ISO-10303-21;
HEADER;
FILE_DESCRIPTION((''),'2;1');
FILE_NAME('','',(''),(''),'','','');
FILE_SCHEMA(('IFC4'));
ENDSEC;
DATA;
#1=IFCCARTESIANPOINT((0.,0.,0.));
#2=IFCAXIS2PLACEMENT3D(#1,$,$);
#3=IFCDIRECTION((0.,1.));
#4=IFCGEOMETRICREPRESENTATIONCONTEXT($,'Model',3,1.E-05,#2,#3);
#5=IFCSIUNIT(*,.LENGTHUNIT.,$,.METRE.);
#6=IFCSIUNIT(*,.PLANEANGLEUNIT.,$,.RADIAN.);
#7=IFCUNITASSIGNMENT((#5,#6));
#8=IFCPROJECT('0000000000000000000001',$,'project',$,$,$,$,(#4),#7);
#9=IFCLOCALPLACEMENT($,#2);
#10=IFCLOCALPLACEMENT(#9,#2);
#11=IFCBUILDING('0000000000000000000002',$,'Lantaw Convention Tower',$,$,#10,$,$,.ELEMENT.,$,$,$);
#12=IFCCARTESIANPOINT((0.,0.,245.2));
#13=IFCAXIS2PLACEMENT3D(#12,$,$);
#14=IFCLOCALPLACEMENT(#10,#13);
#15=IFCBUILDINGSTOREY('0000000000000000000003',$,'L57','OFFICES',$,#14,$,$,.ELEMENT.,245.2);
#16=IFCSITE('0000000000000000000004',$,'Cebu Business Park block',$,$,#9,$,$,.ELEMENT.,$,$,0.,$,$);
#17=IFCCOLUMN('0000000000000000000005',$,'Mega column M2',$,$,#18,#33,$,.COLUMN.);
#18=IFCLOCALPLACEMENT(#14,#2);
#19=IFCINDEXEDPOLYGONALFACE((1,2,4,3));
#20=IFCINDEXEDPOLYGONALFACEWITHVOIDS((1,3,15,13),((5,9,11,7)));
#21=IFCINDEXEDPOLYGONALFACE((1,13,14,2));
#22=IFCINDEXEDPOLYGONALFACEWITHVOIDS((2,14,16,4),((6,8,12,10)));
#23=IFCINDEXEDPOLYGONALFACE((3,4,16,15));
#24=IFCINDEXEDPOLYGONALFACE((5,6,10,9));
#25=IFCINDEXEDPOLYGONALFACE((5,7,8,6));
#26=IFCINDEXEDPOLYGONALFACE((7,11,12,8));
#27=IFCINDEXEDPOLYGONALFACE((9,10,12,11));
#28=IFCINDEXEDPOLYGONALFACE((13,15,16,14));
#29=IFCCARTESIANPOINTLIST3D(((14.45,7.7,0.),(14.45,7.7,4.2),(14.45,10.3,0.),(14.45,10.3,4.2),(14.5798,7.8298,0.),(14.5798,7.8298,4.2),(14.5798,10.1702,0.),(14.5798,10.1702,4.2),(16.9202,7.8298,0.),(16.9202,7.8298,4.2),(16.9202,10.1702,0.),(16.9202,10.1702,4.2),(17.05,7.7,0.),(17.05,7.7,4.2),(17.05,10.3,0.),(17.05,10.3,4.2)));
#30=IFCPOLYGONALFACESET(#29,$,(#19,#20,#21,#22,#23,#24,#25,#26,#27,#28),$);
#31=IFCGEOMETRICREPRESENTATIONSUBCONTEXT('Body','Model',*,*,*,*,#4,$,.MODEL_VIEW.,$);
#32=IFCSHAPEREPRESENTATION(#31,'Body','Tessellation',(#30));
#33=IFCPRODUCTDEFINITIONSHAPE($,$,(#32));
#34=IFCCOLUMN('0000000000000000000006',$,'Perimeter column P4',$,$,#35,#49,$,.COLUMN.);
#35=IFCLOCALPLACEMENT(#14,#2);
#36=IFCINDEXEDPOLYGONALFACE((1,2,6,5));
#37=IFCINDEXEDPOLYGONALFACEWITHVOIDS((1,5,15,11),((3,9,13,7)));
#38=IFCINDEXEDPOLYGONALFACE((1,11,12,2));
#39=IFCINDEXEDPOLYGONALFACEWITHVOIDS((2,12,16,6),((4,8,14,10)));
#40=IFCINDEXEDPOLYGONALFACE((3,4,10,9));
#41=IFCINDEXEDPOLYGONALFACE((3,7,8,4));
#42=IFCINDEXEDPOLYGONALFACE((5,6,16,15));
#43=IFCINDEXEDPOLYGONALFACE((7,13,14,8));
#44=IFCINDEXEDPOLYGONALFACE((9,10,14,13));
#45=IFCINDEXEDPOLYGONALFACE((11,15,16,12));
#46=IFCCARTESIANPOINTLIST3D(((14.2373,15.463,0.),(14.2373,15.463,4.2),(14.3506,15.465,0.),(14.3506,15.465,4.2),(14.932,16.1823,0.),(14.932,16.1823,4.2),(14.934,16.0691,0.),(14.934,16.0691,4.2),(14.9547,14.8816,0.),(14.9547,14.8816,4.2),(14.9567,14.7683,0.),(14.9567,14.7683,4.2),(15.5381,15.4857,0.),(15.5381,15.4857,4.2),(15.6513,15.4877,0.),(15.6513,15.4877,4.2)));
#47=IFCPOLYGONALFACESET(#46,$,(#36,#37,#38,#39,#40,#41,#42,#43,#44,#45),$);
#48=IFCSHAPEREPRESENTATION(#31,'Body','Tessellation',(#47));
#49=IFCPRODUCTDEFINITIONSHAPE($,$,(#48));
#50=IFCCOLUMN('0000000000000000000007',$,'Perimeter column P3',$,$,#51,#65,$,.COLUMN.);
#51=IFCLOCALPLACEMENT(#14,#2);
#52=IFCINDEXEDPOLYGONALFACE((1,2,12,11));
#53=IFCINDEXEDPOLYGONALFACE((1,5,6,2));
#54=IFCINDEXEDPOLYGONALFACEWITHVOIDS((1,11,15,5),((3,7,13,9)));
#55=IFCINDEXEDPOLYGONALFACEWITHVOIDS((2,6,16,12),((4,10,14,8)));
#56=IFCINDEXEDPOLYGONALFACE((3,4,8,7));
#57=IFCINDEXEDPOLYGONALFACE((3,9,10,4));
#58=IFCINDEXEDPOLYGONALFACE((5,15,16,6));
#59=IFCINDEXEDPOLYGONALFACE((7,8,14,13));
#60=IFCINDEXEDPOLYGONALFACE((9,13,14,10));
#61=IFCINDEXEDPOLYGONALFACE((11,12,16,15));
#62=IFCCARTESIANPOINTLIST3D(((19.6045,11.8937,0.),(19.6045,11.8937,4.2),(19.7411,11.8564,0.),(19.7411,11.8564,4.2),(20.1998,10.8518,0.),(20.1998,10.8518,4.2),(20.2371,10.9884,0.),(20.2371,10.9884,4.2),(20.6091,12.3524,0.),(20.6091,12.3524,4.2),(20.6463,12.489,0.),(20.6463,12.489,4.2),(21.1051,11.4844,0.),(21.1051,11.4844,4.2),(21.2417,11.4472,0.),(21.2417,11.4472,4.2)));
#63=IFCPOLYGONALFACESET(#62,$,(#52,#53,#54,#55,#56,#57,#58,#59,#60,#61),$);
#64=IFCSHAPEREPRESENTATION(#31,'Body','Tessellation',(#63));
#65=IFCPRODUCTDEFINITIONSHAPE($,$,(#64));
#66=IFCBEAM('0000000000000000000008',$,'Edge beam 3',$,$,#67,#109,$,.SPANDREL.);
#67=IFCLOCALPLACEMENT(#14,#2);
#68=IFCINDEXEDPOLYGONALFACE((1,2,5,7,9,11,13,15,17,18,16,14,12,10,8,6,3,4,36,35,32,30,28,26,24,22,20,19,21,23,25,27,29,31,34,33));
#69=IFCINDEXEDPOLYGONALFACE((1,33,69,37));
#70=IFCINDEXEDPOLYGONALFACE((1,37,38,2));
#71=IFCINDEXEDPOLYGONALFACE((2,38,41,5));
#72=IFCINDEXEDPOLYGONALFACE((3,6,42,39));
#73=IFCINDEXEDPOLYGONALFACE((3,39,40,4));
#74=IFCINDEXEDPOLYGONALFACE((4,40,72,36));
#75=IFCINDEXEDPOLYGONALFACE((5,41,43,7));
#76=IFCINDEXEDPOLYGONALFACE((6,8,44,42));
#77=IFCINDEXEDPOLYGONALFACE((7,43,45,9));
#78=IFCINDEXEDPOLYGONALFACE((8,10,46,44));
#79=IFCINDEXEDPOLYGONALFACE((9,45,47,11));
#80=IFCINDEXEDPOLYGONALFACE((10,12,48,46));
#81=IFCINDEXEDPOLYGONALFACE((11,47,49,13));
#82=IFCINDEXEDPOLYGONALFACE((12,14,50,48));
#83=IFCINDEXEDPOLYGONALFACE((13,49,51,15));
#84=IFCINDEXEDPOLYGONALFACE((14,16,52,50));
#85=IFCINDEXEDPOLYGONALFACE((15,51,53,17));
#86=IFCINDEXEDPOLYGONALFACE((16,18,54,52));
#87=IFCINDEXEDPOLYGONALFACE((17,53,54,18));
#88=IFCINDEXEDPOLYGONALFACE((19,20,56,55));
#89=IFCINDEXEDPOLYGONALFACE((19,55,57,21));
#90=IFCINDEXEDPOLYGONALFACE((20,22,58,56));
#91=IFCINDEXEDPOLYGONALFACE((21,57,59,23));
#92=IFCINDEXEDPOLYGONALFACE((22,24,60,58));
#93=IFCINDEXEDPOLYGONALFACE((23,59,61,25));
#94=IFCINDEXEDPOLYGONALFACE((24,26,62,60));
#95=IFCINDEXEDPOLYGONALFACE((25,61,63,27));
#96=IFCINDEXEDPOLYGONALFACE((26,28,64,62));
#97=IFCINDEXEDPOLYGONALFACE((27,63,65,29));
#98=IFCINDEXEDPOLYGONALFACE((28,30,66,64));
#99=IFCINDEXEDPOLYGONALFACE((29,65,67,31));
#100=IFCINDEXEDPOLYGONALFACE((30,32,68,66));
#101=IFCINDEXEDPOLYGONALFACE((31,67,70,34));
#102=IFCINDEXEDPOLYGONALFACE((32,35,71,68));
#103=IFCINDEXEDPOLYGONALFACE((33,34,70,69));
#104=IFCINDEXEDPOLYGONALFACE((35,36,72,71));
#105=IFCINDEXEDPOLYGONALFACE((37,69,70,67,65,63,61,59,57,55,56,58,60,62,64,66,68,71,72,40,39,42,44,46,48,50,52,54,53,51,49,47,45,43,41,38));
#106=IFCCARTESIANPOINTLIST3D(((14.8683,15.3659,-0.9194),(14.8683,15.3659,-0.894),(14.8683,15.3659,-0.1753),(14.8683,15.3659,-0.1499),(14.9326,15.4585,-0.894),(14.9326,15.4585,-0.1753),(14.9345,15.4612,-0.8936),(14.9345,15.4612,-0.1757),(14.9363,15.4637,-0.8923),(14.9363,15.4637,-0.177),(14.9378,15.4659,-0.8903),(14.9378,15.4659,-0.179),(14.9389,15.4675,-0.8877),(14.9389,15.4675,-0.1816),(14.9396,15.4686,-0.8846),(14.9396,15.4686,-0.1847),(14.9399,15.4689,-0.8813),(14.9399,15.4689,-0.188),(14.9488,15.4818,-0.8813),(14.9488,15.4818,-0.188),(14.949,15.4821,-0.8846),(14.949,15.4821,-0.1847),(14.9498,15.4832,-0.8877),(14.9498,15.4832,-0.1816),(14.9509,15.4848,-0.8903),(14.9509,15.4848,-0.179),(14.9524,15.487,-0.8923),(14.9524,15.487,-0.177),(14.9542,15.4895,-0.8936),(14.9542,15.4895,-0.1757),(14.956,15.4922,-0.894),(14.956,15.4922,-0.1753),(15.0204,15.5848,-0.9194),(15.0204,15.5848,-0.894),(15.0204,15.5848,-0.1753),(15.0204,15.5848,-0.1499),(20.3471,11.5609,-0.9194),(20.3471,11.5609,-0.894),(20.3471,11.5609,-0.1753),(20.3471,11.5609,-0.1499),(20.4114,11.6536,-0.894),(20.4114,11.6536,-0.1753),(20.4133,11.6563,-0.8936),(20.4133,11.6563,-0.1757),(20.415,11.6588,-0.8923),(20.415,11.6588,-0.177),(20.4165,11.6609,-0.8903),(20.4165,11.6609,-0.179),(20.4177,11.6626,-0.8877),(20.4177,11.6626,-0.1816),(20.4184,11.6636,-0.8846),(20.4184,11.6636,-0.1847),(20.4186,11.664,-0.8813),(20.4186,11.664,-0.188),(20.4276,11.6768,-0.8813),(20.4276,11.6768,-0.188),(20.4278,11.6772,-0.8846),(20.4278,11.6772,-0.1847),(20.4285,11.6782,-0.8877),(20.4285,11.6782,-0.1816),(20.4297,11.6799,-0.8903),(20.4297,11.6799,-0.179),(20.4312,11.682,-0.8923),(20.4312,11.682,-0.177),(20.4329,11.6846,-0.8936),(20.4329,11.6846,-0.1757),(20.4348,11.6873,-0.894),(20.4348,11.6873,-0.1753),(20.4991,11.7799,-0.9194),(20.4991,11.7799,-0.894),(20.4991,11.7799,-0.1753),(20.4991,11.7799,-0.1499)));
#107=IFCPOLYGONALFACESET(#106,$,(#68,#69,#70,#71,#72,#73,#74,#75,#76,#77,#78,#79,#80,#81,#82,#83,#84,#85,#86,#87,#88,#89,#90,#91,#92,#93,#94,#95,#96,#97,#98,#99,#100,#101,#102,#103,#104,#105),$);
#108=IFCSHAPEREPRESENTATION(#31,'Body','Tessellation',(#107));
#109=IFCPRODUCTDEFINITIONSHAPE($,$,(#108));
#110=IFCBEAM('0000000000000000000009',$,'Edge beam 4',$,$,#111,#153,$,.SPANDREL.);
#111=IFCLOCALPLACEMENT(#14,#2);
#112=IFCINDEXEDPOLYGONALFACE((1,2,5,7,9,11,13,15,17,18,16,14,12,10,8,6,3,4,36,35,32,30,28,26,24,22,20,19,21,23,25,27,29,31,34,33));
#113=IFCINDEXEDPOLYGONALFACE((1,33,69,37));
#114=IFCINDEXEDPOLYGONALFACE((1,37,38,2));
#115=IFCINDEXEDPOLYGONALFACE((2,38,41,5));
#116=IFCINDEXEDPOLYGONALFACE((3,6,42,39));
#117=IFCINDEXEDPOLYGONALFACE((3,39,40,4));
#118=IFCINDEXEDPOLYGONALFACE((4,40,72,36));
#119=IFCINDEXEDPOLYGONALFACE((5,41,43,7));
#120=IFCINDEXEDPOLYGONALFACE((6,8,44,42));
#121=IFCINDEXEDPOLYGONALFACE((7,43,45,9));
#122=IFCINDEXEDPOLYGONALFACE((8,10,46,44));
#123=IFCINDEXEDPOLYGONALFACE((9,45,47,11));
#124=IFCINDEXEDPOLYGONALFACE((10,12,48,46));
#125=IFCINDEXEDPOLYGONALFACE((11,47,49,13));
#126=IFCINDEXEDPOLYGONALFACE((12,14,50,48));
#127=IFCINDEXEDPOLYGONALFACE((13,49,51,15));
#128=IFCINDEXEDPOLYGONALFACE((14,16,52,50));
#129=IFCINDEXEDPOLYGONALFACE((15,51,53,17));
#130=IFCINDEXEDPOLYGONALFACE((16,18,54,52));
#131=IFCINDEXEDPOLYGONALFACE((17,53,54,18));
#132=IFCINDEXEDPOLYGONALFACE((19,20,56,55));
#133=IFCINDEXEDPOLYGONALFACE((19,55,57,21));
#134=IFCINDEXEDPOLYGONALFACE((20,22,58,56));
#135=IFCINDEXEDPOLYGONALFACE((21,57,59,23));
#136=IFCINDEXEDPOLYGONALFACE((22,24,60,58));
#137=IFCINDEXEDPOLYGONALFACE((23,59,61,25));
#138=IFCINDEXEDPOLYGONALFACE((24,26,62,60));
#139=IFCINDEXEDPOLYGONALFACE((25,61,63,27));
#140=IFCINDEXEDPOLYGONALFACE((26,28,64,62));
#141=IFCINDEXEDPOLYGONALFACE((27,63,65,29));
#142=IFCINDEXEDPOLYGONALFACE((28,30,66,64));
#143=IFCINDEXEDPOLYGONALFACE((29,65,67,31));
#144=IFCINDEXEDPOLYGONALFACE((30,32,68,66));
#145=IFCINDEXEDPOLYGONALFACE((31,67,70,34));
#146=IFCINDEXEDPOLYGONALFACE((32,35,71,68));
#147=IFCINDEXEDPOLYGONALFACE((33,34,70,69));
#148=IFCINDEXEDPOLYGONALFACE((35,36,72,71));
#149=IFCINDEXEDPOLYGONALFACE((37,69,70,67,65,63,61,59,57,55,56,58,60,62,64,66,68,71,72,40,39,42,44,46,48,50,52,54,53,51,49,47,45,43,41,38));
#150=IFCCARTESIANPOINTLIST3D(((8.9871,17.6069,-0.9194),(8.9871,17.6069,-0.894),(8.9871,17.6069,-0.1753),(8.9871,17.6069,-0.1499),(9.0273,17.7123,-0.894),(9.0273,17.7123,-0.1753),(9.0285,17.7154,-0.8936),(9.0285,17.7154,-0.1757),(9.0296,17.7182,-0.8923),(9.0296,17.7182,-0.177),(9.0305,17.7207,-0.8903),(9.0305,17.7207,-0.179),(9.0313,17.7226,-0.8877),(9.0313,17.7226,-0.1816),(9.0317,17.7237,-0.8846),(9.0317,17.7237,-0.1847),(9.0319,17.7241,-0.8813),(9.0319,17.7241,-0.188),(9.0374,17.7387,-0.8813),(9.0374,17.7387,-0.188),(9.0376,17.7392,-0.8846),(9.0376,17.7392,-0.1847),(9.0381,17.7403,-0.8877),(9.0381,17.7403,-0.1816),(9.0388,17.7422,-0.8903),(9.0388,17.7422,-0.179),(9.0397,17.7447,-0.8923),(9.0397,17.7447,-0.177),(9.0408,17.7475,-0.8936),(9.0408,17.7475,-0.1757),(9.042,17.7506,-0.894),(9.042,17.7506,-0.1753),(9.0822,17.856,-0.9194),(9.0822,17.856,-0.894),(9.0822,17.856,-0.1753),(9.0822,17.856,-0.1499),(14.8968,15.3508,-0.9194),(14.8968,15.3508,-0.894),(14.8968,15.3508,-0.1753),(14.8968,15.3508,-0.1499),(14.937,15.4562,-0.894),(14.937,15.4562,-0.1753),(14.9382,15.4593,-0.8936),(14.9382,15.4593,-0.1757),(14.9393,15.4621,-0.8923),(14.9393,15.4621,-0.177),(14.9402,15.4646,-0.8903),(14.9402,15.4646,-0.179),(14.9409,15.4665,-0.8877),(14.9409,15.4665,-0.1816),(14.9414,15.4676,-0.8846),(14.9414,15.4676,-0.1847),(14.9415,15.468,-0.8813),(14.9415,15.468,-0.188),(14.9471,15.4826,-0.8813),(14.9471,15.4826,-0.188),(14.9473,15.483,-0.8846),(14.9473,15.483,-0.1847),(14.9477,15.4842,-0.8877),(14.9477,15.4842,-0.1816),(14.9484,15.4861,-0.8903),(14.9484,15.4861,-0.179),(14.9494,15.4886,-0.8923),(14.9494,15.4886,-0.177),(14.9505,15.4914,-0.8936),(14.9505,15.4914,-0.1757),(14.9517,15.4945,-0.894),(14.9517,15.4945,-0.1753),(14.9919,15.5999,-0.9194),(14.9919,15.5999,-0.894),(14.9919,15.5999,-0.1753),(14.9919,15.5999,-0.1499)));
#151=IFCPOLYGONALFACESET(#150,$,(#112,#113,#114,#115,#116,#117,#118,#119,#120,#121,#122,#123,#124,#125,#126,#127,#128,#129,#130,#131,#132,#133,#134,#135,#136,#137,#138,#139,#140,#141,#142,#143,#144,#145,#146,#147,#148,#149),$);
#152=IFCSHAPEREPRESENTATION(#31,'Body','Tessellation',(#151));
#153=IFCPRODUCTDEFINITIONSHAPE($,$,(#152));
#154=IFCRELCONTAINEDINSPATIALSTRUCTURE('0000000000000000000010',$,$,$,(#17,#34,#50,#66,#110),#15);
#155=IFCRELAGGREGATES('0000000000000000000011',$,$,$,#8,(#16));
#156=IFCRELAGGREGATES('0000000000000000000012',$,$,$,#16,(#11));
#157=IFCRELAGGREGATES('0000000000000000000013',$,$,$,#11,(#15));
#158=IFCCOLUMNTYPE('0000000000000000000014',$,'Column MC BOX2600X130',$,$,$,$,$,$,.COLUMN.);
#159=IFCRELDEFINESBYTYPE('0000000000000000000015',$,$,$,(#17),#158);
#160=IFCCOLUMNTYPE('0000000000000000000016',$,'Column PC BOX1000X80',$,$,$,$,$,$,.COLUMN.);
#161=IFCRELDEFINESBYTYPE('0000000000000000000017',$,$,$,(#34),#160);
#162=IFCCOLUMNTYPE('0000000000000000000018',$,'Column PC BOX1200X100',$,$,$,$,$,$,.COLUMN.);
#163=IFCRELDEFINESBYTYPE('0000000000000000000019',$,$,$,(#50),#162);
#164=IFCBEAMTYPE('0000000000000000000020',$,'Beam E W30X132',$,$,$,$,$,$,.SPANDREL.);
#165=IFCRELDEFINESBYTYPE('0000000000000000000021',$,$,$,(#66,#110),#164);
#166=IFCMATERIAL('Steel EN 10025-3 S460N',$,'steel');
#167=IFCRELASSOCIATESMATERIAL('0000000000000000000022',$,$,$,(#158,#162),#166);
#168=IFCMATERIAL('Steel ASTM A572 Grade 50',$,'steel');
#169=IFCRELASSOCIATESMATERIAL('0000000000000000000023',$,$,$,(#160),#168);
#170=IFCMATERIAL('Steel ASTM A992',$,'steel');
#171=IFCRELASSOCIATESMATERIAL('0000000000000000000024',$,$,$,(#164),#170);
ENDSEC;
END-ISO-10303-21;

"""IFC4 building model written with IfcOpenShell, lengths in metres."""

from ifc_helpers import new_model, si_unit, direction, frame, origin, origin_2d, place, context, subcontext, project, spatial, rectangle, hollow_rectangle, i_section, extrude, material, material_profile, profile_set, type_object, element, save


model = new_model("IFC4")

# Units and contexts
model_context = context("Model", 3, precision=1e-05, world=origin(), true_north=direction((0.0, 1.0)))
body_context = subcontext(model_context, "Body", "Model", "MODEL_VIEW")
ifc_project = project(units=[si_unit("LENGTHUNIT", "METRE"), si_unit("PLANEANGLEUNIT", "RADIAN")], contexts=[model_context])

# Site, building, storey
site_placement = place(None, origin())
site = spatial("IfcSite", under=ifc_project, at=site_placement, Name="Cebu Business Park block", CompositionType="ELEMENT", RefElevation=0.0)
building_placement = place(site_placement, origin())
building = spatial("IfcBuilding", under=site, at=building_placement, Name="Lantaw Convention Tower", CompositionType="ELEMENT")
storey_placement = place(building_placement, frame((0.0, 0.0, 245.2)))
storey = spatial("IfcBuildingStorey", under=building, at=storey_placement, Name="L57", Description="OFFICES", CompositionType="ELEMENT", Elevation=245.2)

# Columns
ifc_material_1 = material(Name="Steel EN 10025-3 S460N", Category="steel")
ifc_material_profile_1 = material_profile(ifc_material_1, hollow_rectangle(XDim=2.6001, YDim=2.6001, WallThickness=0.1299, at=origin_2d()), Name="BOX2600X130")
ifc_material_2 = material(Name="Concrete C60/75", Category="concrete")
ifc_material_profile_2 = material_profile(ifc_material_2, rectangle(XDim=2.3401, YDim=2.3401, at=origin_2d()), Name="Concrete fill of BOX2600X130")
ifc_profile_set_1 = profile_set([ifc_material_profile_1, ifc_material_profile_2], Name="Steel EN 10025-3 S460N")
column_type_1 = type_object("IfcColumnType", Name="Column MC BOX2600X130", PredefinedType="COLUMN", material=ifc_profile_set_1)
column_1_placement = place(storey_placement, frame((15.75, 9.0, 0.0), z_axis=(0.0, 0.0, 1.0), x_axis=(1.0, 0.0, 0.0)))
element("IfcColumn", 1, at=column_1_placement, inside=storey, type_object=column_type_1, Name="Mega column M2", PredefinedType="COLUMN", context=body_context, shape_type="SweptSolid", body=[
    extrude(hollow_rectangle(XDim=2.6001, YDim=2.6001, WallThickness=0.1299, at=origin_2d()), origin(), (0.0, 0.0, 1.0), 4.2),
])
ifc_material_3 = material(Name="Steel ASTM A572 Grade 50", Category="steel")
ifc_material_profile_3 = material_profile(ifc_material_3, hollow_rectangle(XDim=1.0, YDim=1.0, WallThickness=0.0801, at=origin_2d()), Name="BOX1000X80")
ifc_material_profile_4 = material_profile(ifc_material_2, rectangle(XDim=0.8401, YDim=0.8401, at=origin_2d()), Name="Concrete fill of BOX1000X80")
ifc_profile_set_2 = profile_set([ifc_material_profile_3, ifc_material_profile_4], Name="Steel ASTM A572 Grade 50")
column_type_2 = type_object("IfcColumnType", Name="Column PC BOX1000X80", PredefinedType="COLUMN", material=ifc_profile_set_2)
column_2_placement = place(storey_placement, frame((14.9443, 15.4753, 0.0), z_axis=(0.0, 0.0, 1.0), x_axis=(0.694658, 0.71934, 0.0)))
element("IfcColumn", 2, at=column_2_placement, inside=storey, type_object=column_type_2, Name="Perimeter column P4", PredefinedType="COLUMN", context=body_context, shape_type="SweptSolid", body=[
    extrude(hollow_rectangle(XDim=1.0, YDim=1.0, WallThickness=0.0801, at=origin_2d()), origin(), (0.0, 0.0, 1.0), 4.2),
])
ifc_material_profile_5 = material_profile(ifc_material_1, hollow_rectangle(XDim=1.2, YDim=1.2, WallThickness=0.1001, at=origin_2d()), Name="BOX1200X100")
ifc_material_profile_6 = material_profile(ifc_material_2, rectangle(XDim=1.0, YDim=1.0, at=origin_2d()), Name="Concrete fill of BOX1200X100")
ifc_profile_set_3 = profile_set([ifc_material_profile_5, ifc_material_profile_6], Name="Steel EN 10025-3 S460N")
column_type_3 = type_object("IfcColumnType", Name="Column PC BOX1200X100", PredefinedType="COLUMN", material=ifc_profile_set_3)
column_3_placement = place(storey_placement, frame((20.4231, 11.6704, 0.0), z_axis=(0.0, 0.0, 1.0), x_axis=(0.868243, 0.496139, 0.0)))
element("IfcColumn", 3, at=column_3_placement, inside=storey, type_object=column_type_3, Name="Perimeter column P3", PredefinedType="COLUMN", context=body_context, shape_type="SweptSolid", body=[
    extrude(hollow_rectangle(XDim=1.2, YDim=1.2, WallThickness=0.1001, at=origin_2d()), origin(), (0.0, 0.0, 1.0), 4.2),
])

# Beams
ifc_material_4 = material(Name="Steel ASTM A992", Category="steel")
ifc_material_profile_7 = material_profile(ifc_material_4, i_section(OverallWidth=0.2666, OverallDepth=0.7695, WebThickness=0.0156, FlangeThickness=0.0254, FilletRadius=0.0127, at=origin_2d()), Name="W30X132")
ifc_profile_set_4 = profile_set([ifc_material_profile_7], Name="Steel ASTM A992")
beam_type_1 = type_object("IfcBeamType", Name="Beam E W30X132", PredefinedType="SPANDREL", material=ifc_profile_set_4)
beam_1_placement = place(storey_placement, frame((20.4231, 11.6704, -0.5347), z_axis=(-0.821353, 0.57042, 0.0), x_axis=(-0.57042, -0.821353, 0.0)))
element("IfcBeam", 4, at=beam_1_placement, inside=storey, type_object=beam_type_1, Name="Edge beam 3", PredefinedType="SPANDREL", context=body_context, shape_type="SweptSolid", body=[
    extrude(i_section(OverallWidth=0.2666, OverallDepth=0.7695, WebThickness=0.0156, FlangeThickness=0.0254, FilletRadius=0.0127, at=origin_2d()), origin(), (0.0, 0.0, 1.0), 6.6704),
])
beam_2_placement = place(storey_placement, frame((14.9443, 15.4753, -0.5347), z_axis=(-0.934235, 0.356658, 0.0), x_axis=(-0.356658, -0.934235, 0.0)))
element("IfcBeam", 5, at=beam_2_placement, inside=storey, type_object=beam_type_1, Name="Edge beam 4", PredefinedType="SPANDREL", context=body_context, shape_type="SweptSolid", body=[
    extrude(i_section(OverallWidth=0.2666, OverallDepth=0.7695, WebThickness=0.0156, FlangeThickness=0.0254, FilletRadius=0.0127, at=origin_2d()), origin(), (0.0, 0.0, 1.0), 6.3257),
])

save(model, "model.ifc")
